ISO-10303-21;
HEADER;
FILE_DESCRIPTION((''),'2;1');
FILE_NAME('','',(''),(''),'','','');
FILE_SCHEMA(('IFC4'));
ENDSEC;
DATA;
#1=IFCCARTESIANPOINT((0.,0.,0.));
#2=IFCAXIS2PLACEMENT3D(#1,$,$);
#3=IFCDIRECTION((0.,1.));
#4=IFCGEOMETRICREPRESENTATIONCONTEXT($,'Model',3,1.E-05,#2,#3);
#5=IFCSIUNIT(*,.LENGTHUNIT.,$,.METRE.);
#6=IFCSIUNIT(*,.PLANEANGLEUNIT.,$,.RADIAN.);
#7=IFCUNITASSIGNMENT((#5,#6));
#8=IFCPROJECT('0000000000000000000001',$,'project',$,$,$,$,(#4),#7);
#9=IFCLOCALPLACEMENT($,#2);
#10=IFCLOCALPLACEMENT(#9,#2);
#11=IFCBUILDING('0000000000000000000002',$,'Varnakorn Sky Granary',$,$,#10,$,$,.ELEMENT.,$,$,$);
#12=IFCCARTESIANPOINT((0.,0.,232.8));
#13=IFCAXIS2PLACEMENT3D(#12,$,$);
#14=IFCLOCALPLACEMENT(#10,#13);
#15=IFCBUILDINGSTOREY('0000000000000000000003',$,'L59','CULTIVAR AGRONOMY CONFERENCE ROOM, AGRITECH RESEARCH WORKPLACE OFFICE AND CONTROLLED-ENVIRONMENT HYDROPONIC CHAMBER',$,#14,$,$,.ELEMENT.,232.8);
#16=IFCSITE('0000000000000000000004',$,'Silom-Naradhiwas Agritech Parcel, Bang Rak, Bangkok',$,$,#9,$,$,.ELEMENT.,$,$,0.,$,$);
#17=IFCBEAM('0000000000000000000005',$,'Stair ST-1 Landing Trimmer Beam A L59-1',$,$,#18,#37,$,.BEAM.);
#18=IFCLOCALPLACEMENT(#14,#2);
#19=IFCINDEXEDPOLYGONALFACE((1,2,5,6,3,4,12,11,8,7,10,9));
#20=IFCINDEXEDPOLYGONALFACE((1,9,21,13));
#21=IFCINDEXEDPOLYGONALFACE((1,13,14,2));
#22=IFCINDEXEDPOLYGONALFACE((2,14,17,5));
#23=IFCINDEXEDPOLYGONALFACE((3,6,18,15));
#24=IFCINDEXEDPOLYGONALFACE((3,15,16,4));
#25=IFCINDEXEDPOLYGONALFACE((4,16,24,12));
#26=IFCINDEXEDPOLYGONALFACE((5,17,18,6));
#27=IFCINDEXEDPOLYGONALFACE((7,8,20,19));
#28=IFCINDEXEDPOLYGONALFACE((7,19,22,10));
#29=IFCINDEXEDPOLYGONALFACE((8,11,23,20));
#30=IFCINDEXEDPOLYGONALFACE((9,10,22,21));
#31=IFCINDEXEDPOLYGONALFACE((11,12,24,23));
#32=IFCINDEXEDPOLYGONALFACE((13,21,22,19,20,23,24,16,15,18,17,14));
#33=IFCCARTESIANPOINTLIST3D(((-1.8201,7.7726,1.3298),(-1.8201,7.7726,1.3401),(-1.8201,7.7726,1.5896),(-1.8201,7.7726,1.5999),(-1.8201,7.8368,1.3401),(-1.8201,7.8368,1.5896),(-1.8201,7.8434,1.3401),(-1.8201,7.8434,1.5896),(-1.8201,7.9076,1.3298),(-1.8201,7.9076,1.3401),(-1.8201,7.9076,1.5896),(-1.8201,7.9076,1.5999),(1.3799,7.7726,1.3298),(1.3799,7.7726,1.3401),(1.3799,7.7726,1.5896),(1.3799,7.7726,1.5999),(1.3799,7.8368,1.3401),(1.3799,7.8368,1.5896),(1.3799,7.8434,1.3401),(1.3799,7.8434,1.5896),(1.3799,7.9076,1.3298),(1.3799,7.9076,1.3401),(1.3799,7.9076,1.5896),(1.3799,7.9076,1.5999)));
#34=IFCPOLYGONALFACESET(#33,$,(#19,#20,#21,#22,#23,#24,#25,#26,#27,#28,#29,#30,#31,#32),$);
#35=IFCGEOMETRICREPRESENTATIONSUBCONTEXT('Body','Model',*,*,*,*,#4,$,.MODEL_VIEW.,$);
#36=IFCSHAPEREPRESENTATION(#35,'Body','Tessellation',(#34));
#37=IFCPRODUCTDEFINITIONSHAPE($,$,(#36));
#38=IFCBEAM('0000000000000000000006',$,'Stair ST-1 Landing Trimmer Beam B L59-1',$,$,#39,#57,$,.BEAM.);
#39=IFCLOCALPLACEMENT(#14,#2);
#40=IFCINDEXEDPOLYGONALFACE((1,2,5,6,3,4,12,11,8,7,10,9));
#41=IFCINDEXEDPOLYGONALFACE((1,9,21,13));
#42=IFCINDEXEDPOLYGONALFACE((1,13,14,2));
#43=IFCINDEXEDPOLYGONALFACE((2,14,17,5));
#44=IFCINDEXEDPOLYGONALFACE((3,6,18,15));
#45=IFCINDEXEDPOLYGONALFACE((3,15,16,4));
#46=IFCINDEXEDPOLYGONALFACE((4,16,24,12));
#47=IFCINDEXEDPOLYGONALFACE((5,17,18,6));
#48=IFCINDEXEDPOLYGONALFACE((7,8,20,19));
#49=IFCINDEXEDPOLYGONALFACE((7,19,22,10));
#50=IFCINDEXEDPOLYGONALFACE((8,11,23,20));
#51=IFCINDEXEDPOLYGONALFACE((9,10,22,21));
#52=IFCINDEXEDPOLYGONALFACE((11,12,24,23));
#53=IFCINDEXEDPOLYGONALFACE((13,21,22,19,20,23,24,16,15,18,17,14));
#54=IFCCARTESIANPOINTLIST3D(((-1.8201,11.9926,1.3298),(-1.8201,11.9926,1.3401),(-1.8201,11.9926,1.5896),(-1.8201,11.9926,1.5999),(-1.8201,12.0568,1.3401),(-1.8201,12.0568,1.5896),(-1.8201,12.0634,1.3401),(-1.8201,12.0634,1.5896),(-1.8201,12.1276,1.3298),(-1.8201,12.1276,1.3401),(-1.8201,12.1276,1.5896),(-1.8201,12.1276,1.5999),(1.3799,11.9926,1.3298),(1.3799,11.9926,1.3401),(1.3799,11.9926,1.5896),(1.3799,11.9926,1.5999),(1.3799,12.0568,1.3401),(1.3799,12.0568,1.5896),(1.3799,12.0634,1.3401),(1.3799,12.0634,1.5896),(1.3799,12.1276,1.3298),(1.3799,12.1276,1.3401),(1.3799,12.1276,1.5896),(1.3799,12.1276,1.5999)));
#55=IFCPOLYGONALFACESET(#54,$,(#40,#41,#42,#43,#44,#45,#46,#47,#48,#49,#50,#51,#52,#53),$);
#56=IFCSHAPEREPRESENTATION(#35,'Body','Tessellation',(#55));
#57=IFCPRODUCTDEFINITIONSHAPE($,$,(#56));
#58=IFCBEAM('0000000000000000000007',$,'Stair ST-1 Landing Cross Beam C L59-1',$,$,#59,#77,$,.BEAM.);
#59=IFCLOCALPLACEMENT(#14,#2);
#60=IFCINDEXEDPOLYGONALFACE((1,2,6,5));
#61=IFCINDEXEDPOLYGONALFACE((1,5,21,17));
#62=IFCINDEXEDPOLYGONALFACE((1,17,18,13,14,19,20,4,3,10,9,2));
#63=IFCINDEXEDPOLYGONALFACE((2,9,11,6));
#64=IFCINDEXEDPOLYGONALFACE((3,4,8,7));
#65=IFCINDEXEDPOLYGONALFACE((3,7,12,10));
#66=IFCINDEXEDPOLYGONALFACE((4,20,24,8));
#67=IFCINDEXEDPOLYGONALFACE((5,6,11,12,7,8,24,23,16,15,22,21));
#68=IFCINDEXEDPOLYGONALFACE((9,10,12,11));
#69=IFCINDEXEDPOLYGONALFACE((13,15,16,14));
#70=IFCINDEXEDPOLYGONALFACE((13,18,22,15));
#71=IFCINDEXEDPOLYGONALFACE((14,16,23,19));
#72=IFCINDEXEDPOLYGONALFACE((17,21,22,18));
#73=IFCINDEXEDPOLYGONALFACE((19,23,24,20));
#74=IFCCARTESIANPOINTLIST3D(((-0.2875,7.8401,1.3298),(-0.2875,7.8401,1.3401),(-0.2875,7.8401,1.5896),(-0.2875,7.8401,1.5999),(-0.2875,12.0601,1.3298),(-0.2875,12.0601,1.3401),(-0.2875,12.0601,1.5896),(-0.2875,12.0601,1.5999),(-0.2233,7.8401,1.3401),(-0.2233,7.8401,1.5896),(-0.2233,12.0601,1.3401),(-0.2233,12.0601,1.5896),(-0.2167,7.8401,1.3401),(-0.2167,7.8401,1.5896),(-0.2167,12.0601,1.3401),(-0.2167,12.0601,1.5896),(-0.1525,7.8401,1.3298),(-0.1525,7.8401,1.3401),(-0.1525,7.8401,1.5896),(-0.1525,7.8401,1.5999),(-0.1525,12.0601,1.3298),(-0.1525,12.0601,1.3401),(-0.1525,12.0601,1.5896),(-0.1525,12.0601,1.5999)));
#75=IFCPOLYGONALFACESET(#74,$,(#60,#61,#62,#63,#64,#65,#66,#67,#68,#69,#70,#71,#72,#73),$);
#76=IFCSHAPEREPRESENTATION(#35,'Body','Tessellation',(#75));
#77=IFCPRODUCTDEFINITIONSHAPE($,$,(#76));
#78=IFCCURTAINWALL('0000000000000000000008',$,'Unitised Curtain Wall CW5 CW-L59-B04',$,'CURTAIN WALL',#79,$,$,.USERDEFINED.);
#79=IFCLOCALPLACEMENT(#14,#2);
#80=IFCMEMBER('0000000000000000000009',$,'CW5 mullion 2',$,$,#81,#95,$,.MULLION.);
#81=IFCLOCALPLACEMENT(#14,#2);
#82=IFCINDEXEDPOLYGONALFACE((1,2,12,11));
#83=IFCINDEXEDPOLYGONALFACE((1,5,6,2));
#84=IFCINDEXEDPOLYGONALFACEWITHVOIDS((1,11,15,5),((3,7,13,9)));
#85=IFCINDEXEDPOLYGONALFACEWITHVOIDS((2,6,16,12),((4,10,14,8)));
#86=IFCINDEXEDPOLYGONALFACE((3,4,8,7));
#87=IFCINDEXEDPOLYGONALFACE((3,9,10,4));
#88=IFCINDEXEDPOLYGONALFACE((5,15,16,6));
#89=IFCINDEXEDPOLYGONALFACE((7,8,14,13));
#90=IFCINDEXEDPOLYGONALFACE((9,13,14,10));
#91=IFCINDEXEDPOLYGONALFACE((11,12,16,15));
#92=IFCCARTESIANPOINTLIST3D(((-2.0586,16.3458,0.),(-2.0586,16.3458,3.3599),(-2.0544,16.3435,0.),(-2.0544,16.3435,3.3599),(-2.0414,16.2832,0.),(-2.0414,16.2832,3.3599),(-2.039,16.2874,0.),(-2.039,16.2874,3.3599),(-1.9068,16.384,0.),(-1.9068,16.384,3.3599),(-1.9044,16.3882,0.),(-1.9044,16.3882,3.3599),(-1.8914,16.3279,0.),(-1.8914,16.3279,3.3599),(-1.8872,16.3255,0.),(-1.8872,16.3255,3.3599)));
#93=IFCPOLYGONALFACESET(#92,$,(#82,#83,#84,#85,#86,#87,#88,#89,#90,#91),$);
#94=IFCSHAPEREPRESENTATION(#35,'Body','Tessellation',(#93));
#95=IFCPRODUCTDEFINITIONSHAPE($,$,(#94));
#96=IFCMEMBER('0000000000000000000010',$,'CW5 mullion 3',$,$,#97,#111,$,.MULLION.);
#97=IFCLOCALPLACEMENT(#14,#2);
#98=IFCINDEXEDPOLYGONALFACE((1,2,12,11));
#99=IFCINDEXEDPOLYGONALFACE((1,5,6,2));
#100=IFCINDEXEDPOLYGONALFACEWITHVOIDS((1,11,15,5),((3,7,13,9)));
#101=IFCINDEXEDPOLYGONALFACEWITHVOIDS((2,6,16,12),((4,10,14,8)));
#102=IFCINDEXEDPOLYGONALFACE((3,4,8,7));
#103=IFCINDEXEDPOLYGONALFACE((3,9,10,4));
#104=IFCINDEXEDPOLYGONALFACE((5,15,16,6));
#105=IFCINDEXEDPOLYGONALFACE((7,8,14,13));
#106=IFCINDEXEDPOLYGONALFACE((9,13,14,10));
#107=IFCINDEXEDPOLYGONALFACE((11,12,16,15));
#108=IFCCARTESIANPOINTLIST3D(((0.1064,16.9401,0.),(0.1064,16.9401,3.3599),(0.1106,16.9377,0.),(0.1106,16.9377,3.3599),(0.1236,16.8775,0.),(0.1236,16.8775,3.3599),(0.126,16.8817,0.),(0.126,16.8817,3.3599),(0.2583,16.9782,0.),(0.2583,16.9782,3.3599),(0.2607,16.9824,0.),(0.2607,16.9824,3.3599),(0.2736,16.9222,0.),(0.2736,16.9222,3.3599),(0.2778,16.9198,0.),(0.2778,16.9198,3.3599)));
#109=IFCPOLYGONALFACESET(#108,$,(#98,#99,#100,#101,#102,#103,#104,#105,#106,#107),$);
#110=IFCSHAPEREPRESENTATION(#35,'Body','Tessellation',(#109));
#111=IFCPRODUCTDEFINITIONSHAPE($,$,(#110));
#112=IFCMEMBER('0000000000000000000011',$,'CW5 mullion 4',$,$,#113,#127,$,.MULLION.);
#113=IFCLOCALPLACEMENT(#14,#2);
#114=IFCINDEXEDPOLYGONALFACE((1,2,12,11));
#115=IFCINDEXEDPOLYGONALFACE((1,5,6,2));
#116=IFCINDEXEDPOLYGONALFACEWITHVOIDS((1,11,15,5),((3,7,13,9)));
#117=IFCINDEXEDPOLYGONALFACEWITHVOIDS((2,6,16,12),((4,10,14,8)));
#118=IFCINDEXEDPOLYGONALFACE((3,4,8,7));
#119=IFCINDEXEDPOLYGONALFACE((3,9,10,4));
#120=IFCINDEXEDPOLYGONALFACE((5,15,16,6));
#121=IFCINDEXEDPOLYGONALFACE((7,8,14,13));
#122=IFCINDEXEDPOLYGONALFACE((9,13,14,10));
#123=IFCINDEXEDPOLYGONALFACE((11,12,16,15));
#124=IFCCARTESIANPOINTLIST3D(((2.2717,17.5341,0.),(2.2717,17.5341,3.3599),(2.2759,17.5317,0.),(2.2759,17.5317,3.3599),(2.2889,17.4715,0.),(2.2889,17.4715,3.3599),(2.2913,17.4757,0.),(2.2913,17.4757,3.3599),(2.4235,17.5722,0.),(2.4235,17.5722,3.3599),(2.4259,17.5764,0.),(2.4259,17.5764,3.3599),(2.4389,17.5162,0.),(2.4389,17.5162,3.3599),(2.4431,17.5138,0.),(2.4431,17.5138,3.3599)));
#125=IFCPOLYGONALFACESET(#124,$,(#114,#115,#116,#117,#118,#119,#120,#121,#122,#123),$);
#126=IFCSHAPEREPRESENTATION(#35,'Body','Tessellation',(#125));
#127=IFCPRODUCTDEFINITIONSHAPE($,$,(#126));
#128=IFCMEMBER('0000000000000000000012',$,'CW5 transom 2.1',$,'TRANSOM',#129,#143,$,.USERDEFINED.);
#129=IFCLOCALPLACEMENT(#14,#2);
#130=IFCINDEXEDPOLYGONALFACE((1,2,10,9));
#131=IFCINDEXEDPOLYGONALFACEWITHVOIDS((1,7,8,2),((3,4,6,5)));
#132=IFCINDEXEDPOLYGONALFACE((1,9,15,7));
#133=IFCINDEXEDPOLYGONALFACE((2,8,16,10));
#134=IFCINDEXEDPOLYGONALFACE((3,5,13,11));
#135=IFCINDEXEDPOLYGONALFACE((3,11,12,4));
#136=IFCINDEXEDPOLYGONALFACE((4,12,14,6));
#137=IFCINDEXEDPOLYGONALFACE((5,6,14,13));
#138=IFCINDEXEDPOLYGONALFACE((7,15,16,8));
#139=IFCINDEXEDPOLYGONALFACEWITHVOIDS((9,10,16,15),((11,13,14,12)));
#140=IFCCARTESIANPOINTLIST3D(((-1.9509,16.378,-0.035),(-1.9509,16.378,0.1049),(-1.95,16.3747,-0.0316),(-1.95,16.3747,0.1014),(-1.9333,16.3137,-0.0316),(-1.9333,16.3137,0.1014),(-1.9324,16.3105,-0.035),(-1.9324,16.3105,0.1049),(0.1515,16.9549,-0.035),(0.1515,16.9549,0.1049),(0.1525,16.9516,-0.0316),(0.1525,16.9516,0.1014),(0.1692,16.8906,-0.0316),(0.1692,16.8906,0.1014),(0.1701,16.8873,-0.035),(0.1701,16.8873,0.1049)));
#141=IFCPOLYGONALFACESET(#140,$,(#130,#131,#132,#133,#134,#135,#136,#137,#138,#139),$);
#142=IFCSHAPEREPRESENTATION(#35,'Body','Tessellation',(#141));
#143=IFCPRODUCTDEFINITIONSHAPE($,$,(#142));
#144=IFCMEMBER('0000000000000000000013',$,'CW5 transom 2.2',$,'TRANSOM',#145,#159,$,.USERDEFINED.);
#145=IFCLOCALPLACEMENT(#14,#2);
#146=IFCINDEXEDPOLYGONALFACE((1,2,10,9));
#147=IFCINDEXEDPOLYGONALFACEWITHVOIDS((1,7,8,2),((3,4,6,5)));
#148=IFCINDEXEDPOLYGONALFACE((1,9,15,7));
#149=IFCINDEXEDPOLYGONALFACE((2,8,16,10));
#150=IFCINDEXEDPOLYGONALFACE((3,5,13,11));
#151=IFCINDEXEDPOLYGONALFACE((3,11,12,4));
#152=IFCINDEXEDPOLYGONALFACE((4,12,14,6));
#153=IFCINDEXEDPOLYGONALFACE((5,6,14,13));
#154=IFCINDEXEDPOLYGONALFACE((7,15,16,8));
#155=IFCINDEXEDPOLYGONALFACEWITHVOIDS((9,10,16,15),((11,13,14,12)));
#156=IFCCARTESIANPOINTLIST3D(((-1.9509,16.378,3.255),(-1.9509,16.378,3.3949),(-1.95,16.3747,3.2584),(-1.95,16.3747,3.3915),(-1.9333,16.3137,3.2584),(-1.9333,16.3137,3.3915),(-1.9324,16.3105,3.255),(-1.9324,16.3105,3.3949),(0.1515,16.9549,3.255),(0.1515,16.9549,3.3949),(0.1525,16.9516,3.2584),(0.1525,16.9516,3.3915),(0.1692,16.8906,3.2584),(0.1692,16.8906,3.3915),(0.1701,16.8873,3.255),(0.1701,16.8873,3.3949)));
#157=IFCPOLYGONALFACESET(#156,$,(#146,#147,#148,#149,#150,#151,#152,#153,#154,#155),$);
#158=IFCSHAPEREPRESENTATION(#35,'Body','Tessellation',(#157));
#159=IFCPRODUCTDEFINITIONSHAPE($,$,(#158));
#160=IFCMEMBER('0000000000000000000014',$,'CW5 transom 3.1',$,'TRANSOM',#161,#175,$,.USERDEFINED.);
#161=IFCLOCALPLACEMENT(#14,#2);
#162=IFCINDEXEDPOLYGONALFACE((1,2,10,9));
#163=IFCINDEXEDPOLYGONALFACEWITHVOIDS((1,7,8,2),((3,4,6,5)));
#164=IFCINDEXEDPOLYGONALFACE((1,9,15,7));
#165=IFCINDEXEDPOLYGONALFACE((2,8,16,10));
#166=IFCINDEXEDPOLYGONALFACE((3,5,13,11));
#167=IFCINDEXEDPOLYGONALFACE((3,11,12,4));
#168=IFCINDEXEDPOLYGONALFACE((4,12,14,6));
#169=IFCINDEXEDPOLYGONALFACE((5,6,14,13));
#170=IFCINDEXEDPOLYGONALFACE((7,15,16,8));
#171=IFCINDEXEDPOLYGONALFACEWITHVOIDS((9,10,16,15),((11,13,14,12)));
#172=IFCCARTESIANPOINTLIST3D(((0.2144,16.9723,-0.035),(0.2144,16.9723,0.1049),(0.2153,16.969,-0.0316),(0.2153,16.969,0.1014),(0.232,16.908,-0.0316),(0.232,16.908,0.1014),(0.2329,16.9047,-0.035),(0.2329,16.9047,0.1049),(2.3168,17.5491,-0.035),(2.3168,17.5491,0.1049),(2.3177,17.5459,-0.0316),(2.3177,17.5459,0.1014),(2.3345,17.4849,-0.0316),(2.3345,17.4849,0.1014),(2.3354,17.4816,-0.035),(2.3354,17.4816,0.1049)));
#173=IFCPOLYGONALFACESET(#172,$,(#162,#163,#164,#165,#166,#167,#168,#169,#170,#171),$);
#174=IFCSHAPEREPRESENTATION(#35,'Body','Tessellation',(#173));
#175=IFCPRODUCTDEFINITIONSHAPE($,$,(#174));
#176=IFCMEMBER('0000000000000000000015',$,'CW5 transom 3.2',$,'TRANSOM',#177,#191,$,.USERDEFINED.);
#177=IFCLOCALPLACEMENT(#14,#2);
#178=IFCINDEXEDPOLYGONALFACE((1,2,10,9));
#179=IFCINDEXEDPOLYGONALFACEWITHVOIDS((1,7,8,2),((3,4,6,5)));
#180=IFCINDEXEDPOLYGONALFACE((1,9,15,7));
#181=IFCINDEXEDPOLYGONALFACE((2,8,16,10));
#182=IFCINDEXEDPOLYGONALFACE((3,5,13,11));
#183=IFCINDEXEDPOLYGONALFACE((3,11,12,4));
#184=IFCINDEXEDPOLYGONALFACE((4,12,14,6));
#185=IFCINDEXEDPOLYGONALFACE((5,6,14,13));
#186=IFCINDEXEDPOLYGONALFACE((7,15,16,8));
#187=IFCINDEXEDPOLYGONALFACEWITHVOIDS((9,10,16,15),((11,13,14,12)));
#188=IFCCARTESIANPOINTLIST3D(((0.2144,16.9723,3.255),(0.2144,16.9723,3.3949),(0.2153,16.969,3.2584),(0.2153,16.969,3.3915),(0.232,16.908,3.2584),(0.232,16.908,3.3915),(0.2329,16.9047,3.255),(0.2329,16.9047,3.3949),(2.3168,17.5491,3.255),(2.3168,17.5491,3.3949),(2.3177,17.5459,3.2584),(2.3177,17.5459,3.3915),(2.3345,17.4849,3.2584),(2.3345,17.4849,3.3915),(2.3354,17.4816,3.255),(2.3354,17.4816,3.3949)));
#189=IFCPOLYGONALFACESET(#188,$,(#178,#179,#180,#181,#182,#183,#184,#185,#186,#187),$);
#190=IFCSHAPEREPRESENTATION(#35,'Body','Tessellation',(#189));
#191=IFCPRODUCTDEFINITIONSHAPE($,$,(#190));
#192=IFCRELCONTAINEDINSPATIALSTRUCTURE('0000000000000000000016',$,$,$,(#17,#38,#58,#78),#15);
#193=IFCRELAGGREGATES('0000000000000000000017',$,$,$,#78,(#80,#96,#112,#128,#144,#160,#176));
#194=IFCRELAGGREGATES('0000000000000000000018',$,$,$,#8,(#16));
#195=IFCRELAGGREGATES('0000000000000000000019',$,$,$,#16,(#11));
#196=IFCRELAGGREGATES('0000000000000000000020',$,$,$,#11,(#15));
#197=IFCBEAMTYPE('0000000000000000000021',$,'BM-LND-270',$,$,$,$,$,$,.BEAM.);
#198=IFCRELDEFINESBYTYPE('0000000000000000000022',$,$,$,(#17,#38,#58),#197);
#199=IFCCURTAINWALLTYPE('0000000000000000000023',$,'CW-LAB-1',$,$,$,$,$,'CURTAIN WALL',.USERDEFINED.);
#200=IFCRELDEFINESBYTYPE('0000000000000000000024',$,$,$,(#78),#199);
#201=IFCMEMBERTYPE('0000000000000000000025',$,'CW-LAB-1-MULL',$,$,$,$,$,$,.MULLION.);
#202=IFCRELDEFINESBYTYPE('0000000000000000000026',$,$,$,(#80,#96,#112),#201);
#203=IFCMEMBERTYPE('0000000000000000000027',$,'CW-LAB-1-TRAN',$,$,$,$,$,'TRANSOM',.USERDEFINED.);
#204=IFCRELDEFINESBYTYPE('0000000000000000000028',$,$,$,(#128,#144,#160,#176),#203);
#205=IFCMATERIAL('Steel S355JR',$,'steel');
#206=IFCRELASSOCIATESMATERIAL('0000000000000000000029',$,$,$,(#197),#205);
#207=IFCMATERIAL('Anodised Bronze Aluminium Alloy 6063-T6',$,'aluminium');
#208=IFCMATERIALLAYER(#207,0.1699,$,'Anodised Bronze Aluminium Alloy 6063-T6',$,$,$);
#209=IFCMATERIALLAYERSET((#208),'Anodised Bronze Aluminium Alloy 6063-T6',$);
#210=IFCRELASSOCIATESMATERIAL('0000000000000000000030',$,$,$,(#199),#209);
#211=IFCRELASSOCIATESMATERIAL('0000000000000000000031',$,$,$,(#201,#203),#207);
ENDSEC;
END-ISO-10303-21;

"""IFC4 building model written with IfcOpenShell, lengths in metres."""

from ifc_helpers import new_model, si_unit, direction, frame, origin, origin_2d, place, context, subcontext, project, spatial, hollow_rectangle, i_section, extrude, material, layer, layer_set, material_profile, profile_set, type_object, element, aggregate, save


model = new_model("IFC4")

# Units and contexts
model_context = context("Model", 3, precision=1e-05, world=origin(), true_north=direction((0.0, 1.0)))
body_context = subcontext(model_context, "Body", "Model", "MODEL_VIEW")
ifc_project = project(units=[si_unit("LENGTHUNIT", "METRE"), si_unit("PLANEANGLEUNIT", "RADIAN")], contexts=[model_context])

# Site, building, storey
site_placement = place(None, origin())
site = spatial("IfcSite", under=ifc_project, at=site_placement, Name="Silom-Naradhiwas Agritech Parcel, Bang Rak, Bangkok", CompositionType="ELEMENT", RefElevation=0.0)
building_placement = place(site_placement, origin())
building = spatial("IfcBuilding", under=site, at=building_placement, Name="Varnakorn Sky Granary", CompositionType="ELEMENT")
storey_placement = place(building_placement, frame((0.0, 0.0, 232.8)))
storey = spatial("IfcBuildingStorey", under=building, at=storey_placement, Name="L59", Description="CULTIVAR AGRONOMY CONFERENCE ROOM, AGRITECH RESEARCH WORKPLACE OFFICE AND CONTROLLED-ENVIRONMENT HYDROPONIC CHAMBER", CompositionType="ELEMENT", Elevation=232.8)

# Beams
ifc_material_1 = material(Name="Steel S355JR", Category="steel")
ifc_material_profile_1 = material_profile(ifc_material_1, i_section(OverallWidth=0.135, OverallDepth=0.27, WebThickness=0.0066, FlangeThickness=0.0103, at=origin_2d()), Name="IPE 270")
ifc_profile_set_1 = profile_set([ifc_material_profile_1], Name="Steel S355JR")
beam_type = type_object("IfcBeamType", Name="BM-LND-270", PredefinedType="BEAM", material=ifc_profile_set_1)
for number, where, z_axis, x_axis, name in (
    (1, (-1.8201, 7.8401, 1.4648), (1.0, 0.0, 0.0), (0.0, 1.0, 0.0), "Stair ST-1 Landing Trimmer Beam A L59-1"),
    (2, (-1.8201, 12.0601, 1.4648), (1.0, 0.0, 0.0), (0.0, 1.0, 0.0), "Stair ST-1 Landing Trimmer Beam B L59-1"),
):
    element("IfcBeam", number, at=place(storey_placement, frame(where, z_axis=z_axis, x_axis=x_axis)), inside=storey, type_object=beam_type, Name=name, PredefinedType="BEAM", context=body_context, shape_type="SweptSolid", body=[
        extrude(i_section(OverallWidth=0.135, OverallDepth=0.27, WebThickness=0.0066, FlangeThickness=0.0103, at=origin_2d()), origin(), (0.0, 0.0, 1.0), 3.2),
    ])
beam_placement = place(storey_placement, frame((-0.22, 7.8401, 1.4648), z_axis=(0.0, 1.0, 0.0), x_axis=(-1.0, 0.0, 0.0)))
element("IfcBeam", 3, at=beam_placement, inside=storey, type_object=beam_type, Name="Stair ST-1 Landing Cross Beam C L59-1", PredefinedType="BEAM", context=body_context, shape_type="SweptSolid", body=[
    extrude(i_section(OverallWidth=0.135, OverallDepth=0.27, WebThickness=0.0066, FlangeThickness=0.0103, at=origin_2d()), origin(), (0.0, 0.0, 1.0), 4.22),
])

# Curtain wall, members
ifc_material_2 = material(Name="Anodised Bronze Aluminium Alloy 6063-T6", Category="aluminium")
ifc_layer_1 = layer(ifc_material_2, 0.1699, Name="Anodised Bronze Aluminium Alloy 6063-T6")
ifc_layer_set_1 = layer_set([ifc_layer_1], Name="Anodised Bronze Aluminium Alloy 6063-T6")
curtain_wall_type = type_object("IfcCurtainWallType", Name="CW-LAB-1", ElementType="CURTAIN WALL", PredefinedType="USERDEFINED", material=ifc_layer_set_1)
curtain_wall_placement = place(storey_placement, origin())
curtain_wall = element("IfcCurtainWall", 4, at=curtain_wall_placement, inside=storey, type_object=curtain_wall_type, Name="Unitised Curtain Wall CW5 CW-L59-B04", ObjectType="CURTAIN WALL", PredefinedType="USERDEFINED")
ifc_material_profile_2 = material_profile(ifc_material_2, hollow_rectangle(XDim=0.0649, YDim=0.1599, WallThickness=0.0034, at=origin_2d()), Name="ALU MULL 65x160")
ifc_profile_set_2 = profile_set([ifc_material_profile_2], Name="Anodised Bronze Aluminium Alloy 6063-T6")
member_type_1 = type_object("IfcMemberType", Name="CW-LAB-1-MULL", PredefinedType="MULLION", material=ifc_profile_set_2)
member_1_placement = place(storey_placement, frame((-1.9729, 16.3357, 0.0), z_axis=(0.0, 0.0, 1.0), x_axis=(-0.26464, 0.964347, 0.0)))
member_1 = element("IfcMember", 5, at=member_1_placement, type_object=member_type_1, Name="CW5 mullion 2", PredefinedType="MULLION", context=body_context, shape_type="SweptSolid", body=[
    extrude(hollow_rectangle(XDim=0.0649, YDim=0.1599, WallThickness=0.0034, at=origin_2d()), origin(), (0.0, 0.0, 1.0), 3.3599),
])
member_2_placement = place(storey_placement, frame((0.1921, 16.9299, 0.0), z_axis=(0.0, 0.0, 1.0), x_axis=(-0.26464, 0.964347, 0.0)))
member_2 = element("IfcMember", 6, at=member_2_placement, type_object=member_type_1, Name="CW5 mullion 3", PredefinedType="MULLION", context=body_context, shape_type="SweptSolid", body=[
    extrude(hollow_rectangle(XDim=0.0649, YDim=0.1599, WallThickness=0.0034, at=origin_2d()), origin(), (0.0, 0.0, 1.0), 3.3599),
])
member_3_placement = place(storey_placement, frame((2.3574, 17.5239, 0.0), z_axis=(0.0, 0.0, 1.0), x_axis=(-0.26464, 0.964347, 0.0)))
member_3 = element("IfcMember", 7, at=member_3_placement, type_object=member_type_1, Name="CW5 mullion 4", PredefinedType="MULLION", context=body_context, shape_type="SweptSolid", body=[
    extrude(hollow_rectangle(XDim=0.0649, YDim=0.1599, WallThickness=0.0034, at=origin_2d()), origin(), (0.0, 0.0, 1.0), 3.3599),
])
ifc_material_profile_3 = material_profile(ifc_material_2, hollow_rectangle(XDim=0.0701, YDim=0.1399, WallThickness=0.0034, at=origin_2d()), Name="ALU TRAN 70x140")
ifc_profile_set_3 = profile_set([ifc_material_profile_3], Name="Anodised Bronze Aluminium Alloy 6063-T6")
member_type_2 = type_object("IfcMemberType", Name="CW-LAB-1-TRAN", ElementType="TRANSOM", PredefinedType="USERDEFINED", material=ifc_profile_set_3)
member_4_placement = place(storey_placement, frame((-1.9417, 16.3442, 0.0349), z_axis=(0.964357, 0.264605, 0.0), x_axis=(-0.264605, 0.964357, 0.0)))
member_4 = element("IfcMember", 8, at=member_4_placement, type_object=member_type_2, Name="CW5 transom 2.1", ObjectType="TRANSOM", PredefinedType="USERDEFINED", context=body_context, shape_type="SweptSolid", body=[
    extrude(hollow_rectangle(XDim=0.0701, YDim=0.1399, WallThickness=0.0034, at=origin_2d()), origin(), (0.0, 0.0, 1.0), 2.1802),
])
member_5_placement = place(storey_placement, frame((-1.9417, 16.3442, 3.325), z_axis=(0.964357, 0.264605, 0.0), x_axis=(-0.264605, 0.964357, 0.0)))
member_5 = element("IfcMember", 9, at=member_5_placement, type_object=member_type_2, Name="CW5 transom 2.2", ObjectType="TRANSOM", PredefinedType="USERDEFINED", context=body_context, shape_type="SweptSolid", body=[
    extrude(hollow_rectangle(XDim=0.0701, YDim=0.1399, WallThickness=0.0034, at=origin_2d()), origin(), (0.0, 0.0, 1.0), 2.1802),
])
member_6_placement = place(storey_placement, frame((0.2236, 16.9385, 0.0349), z_axis=(0.964357, 0.264605, 0.0), x_axis=(-0.264605, 0.964357, 0.0)))
member_6 = element("IfcMember", 10, at=member_6_placement, type_object=member_type_2, Name="CW5 transom 3.1", ObjectType="TRANSOM", PredefinedType="USERDEFINED", context=body_context, shape_type="SweptSolid", body=[
    extrude(hollow_rectangle(XDim=0.0701, YDim=0.1399, WallThickness=0.0034, at=origin_2d()), origin(), (0.0, 0.0, 1.0), 2.1802),
])
member_7_placement = place(storey_placement, frame((0.2236, 16.9385, 3.325), z_axis=(0.964357, 0.264605, 0.0), x_axis=(-0.264605, 0.964357, 0.0)))
member_7 = element("IfcMember", 11, at=member_7_placement, type_object=member_type_2, Name="CW5 transom 3.2", ObjectType="TRANSOM", PredefinedType="USERDEFINED", context=body_context, shape_type="SweptSolid", body=[
    extrude(hollow_rectangle(XDim=0.0701, YDim=0.1399, WallThickness=0.0034, at=origin_2d()), origin(), (0.0, 0.0, 1.0), 2.1802),
])

aggregate(curtain_wall, [member_1, member_2, member_3, member_4, member_5, member_6, member_7])

save(model, "model.ifc")
